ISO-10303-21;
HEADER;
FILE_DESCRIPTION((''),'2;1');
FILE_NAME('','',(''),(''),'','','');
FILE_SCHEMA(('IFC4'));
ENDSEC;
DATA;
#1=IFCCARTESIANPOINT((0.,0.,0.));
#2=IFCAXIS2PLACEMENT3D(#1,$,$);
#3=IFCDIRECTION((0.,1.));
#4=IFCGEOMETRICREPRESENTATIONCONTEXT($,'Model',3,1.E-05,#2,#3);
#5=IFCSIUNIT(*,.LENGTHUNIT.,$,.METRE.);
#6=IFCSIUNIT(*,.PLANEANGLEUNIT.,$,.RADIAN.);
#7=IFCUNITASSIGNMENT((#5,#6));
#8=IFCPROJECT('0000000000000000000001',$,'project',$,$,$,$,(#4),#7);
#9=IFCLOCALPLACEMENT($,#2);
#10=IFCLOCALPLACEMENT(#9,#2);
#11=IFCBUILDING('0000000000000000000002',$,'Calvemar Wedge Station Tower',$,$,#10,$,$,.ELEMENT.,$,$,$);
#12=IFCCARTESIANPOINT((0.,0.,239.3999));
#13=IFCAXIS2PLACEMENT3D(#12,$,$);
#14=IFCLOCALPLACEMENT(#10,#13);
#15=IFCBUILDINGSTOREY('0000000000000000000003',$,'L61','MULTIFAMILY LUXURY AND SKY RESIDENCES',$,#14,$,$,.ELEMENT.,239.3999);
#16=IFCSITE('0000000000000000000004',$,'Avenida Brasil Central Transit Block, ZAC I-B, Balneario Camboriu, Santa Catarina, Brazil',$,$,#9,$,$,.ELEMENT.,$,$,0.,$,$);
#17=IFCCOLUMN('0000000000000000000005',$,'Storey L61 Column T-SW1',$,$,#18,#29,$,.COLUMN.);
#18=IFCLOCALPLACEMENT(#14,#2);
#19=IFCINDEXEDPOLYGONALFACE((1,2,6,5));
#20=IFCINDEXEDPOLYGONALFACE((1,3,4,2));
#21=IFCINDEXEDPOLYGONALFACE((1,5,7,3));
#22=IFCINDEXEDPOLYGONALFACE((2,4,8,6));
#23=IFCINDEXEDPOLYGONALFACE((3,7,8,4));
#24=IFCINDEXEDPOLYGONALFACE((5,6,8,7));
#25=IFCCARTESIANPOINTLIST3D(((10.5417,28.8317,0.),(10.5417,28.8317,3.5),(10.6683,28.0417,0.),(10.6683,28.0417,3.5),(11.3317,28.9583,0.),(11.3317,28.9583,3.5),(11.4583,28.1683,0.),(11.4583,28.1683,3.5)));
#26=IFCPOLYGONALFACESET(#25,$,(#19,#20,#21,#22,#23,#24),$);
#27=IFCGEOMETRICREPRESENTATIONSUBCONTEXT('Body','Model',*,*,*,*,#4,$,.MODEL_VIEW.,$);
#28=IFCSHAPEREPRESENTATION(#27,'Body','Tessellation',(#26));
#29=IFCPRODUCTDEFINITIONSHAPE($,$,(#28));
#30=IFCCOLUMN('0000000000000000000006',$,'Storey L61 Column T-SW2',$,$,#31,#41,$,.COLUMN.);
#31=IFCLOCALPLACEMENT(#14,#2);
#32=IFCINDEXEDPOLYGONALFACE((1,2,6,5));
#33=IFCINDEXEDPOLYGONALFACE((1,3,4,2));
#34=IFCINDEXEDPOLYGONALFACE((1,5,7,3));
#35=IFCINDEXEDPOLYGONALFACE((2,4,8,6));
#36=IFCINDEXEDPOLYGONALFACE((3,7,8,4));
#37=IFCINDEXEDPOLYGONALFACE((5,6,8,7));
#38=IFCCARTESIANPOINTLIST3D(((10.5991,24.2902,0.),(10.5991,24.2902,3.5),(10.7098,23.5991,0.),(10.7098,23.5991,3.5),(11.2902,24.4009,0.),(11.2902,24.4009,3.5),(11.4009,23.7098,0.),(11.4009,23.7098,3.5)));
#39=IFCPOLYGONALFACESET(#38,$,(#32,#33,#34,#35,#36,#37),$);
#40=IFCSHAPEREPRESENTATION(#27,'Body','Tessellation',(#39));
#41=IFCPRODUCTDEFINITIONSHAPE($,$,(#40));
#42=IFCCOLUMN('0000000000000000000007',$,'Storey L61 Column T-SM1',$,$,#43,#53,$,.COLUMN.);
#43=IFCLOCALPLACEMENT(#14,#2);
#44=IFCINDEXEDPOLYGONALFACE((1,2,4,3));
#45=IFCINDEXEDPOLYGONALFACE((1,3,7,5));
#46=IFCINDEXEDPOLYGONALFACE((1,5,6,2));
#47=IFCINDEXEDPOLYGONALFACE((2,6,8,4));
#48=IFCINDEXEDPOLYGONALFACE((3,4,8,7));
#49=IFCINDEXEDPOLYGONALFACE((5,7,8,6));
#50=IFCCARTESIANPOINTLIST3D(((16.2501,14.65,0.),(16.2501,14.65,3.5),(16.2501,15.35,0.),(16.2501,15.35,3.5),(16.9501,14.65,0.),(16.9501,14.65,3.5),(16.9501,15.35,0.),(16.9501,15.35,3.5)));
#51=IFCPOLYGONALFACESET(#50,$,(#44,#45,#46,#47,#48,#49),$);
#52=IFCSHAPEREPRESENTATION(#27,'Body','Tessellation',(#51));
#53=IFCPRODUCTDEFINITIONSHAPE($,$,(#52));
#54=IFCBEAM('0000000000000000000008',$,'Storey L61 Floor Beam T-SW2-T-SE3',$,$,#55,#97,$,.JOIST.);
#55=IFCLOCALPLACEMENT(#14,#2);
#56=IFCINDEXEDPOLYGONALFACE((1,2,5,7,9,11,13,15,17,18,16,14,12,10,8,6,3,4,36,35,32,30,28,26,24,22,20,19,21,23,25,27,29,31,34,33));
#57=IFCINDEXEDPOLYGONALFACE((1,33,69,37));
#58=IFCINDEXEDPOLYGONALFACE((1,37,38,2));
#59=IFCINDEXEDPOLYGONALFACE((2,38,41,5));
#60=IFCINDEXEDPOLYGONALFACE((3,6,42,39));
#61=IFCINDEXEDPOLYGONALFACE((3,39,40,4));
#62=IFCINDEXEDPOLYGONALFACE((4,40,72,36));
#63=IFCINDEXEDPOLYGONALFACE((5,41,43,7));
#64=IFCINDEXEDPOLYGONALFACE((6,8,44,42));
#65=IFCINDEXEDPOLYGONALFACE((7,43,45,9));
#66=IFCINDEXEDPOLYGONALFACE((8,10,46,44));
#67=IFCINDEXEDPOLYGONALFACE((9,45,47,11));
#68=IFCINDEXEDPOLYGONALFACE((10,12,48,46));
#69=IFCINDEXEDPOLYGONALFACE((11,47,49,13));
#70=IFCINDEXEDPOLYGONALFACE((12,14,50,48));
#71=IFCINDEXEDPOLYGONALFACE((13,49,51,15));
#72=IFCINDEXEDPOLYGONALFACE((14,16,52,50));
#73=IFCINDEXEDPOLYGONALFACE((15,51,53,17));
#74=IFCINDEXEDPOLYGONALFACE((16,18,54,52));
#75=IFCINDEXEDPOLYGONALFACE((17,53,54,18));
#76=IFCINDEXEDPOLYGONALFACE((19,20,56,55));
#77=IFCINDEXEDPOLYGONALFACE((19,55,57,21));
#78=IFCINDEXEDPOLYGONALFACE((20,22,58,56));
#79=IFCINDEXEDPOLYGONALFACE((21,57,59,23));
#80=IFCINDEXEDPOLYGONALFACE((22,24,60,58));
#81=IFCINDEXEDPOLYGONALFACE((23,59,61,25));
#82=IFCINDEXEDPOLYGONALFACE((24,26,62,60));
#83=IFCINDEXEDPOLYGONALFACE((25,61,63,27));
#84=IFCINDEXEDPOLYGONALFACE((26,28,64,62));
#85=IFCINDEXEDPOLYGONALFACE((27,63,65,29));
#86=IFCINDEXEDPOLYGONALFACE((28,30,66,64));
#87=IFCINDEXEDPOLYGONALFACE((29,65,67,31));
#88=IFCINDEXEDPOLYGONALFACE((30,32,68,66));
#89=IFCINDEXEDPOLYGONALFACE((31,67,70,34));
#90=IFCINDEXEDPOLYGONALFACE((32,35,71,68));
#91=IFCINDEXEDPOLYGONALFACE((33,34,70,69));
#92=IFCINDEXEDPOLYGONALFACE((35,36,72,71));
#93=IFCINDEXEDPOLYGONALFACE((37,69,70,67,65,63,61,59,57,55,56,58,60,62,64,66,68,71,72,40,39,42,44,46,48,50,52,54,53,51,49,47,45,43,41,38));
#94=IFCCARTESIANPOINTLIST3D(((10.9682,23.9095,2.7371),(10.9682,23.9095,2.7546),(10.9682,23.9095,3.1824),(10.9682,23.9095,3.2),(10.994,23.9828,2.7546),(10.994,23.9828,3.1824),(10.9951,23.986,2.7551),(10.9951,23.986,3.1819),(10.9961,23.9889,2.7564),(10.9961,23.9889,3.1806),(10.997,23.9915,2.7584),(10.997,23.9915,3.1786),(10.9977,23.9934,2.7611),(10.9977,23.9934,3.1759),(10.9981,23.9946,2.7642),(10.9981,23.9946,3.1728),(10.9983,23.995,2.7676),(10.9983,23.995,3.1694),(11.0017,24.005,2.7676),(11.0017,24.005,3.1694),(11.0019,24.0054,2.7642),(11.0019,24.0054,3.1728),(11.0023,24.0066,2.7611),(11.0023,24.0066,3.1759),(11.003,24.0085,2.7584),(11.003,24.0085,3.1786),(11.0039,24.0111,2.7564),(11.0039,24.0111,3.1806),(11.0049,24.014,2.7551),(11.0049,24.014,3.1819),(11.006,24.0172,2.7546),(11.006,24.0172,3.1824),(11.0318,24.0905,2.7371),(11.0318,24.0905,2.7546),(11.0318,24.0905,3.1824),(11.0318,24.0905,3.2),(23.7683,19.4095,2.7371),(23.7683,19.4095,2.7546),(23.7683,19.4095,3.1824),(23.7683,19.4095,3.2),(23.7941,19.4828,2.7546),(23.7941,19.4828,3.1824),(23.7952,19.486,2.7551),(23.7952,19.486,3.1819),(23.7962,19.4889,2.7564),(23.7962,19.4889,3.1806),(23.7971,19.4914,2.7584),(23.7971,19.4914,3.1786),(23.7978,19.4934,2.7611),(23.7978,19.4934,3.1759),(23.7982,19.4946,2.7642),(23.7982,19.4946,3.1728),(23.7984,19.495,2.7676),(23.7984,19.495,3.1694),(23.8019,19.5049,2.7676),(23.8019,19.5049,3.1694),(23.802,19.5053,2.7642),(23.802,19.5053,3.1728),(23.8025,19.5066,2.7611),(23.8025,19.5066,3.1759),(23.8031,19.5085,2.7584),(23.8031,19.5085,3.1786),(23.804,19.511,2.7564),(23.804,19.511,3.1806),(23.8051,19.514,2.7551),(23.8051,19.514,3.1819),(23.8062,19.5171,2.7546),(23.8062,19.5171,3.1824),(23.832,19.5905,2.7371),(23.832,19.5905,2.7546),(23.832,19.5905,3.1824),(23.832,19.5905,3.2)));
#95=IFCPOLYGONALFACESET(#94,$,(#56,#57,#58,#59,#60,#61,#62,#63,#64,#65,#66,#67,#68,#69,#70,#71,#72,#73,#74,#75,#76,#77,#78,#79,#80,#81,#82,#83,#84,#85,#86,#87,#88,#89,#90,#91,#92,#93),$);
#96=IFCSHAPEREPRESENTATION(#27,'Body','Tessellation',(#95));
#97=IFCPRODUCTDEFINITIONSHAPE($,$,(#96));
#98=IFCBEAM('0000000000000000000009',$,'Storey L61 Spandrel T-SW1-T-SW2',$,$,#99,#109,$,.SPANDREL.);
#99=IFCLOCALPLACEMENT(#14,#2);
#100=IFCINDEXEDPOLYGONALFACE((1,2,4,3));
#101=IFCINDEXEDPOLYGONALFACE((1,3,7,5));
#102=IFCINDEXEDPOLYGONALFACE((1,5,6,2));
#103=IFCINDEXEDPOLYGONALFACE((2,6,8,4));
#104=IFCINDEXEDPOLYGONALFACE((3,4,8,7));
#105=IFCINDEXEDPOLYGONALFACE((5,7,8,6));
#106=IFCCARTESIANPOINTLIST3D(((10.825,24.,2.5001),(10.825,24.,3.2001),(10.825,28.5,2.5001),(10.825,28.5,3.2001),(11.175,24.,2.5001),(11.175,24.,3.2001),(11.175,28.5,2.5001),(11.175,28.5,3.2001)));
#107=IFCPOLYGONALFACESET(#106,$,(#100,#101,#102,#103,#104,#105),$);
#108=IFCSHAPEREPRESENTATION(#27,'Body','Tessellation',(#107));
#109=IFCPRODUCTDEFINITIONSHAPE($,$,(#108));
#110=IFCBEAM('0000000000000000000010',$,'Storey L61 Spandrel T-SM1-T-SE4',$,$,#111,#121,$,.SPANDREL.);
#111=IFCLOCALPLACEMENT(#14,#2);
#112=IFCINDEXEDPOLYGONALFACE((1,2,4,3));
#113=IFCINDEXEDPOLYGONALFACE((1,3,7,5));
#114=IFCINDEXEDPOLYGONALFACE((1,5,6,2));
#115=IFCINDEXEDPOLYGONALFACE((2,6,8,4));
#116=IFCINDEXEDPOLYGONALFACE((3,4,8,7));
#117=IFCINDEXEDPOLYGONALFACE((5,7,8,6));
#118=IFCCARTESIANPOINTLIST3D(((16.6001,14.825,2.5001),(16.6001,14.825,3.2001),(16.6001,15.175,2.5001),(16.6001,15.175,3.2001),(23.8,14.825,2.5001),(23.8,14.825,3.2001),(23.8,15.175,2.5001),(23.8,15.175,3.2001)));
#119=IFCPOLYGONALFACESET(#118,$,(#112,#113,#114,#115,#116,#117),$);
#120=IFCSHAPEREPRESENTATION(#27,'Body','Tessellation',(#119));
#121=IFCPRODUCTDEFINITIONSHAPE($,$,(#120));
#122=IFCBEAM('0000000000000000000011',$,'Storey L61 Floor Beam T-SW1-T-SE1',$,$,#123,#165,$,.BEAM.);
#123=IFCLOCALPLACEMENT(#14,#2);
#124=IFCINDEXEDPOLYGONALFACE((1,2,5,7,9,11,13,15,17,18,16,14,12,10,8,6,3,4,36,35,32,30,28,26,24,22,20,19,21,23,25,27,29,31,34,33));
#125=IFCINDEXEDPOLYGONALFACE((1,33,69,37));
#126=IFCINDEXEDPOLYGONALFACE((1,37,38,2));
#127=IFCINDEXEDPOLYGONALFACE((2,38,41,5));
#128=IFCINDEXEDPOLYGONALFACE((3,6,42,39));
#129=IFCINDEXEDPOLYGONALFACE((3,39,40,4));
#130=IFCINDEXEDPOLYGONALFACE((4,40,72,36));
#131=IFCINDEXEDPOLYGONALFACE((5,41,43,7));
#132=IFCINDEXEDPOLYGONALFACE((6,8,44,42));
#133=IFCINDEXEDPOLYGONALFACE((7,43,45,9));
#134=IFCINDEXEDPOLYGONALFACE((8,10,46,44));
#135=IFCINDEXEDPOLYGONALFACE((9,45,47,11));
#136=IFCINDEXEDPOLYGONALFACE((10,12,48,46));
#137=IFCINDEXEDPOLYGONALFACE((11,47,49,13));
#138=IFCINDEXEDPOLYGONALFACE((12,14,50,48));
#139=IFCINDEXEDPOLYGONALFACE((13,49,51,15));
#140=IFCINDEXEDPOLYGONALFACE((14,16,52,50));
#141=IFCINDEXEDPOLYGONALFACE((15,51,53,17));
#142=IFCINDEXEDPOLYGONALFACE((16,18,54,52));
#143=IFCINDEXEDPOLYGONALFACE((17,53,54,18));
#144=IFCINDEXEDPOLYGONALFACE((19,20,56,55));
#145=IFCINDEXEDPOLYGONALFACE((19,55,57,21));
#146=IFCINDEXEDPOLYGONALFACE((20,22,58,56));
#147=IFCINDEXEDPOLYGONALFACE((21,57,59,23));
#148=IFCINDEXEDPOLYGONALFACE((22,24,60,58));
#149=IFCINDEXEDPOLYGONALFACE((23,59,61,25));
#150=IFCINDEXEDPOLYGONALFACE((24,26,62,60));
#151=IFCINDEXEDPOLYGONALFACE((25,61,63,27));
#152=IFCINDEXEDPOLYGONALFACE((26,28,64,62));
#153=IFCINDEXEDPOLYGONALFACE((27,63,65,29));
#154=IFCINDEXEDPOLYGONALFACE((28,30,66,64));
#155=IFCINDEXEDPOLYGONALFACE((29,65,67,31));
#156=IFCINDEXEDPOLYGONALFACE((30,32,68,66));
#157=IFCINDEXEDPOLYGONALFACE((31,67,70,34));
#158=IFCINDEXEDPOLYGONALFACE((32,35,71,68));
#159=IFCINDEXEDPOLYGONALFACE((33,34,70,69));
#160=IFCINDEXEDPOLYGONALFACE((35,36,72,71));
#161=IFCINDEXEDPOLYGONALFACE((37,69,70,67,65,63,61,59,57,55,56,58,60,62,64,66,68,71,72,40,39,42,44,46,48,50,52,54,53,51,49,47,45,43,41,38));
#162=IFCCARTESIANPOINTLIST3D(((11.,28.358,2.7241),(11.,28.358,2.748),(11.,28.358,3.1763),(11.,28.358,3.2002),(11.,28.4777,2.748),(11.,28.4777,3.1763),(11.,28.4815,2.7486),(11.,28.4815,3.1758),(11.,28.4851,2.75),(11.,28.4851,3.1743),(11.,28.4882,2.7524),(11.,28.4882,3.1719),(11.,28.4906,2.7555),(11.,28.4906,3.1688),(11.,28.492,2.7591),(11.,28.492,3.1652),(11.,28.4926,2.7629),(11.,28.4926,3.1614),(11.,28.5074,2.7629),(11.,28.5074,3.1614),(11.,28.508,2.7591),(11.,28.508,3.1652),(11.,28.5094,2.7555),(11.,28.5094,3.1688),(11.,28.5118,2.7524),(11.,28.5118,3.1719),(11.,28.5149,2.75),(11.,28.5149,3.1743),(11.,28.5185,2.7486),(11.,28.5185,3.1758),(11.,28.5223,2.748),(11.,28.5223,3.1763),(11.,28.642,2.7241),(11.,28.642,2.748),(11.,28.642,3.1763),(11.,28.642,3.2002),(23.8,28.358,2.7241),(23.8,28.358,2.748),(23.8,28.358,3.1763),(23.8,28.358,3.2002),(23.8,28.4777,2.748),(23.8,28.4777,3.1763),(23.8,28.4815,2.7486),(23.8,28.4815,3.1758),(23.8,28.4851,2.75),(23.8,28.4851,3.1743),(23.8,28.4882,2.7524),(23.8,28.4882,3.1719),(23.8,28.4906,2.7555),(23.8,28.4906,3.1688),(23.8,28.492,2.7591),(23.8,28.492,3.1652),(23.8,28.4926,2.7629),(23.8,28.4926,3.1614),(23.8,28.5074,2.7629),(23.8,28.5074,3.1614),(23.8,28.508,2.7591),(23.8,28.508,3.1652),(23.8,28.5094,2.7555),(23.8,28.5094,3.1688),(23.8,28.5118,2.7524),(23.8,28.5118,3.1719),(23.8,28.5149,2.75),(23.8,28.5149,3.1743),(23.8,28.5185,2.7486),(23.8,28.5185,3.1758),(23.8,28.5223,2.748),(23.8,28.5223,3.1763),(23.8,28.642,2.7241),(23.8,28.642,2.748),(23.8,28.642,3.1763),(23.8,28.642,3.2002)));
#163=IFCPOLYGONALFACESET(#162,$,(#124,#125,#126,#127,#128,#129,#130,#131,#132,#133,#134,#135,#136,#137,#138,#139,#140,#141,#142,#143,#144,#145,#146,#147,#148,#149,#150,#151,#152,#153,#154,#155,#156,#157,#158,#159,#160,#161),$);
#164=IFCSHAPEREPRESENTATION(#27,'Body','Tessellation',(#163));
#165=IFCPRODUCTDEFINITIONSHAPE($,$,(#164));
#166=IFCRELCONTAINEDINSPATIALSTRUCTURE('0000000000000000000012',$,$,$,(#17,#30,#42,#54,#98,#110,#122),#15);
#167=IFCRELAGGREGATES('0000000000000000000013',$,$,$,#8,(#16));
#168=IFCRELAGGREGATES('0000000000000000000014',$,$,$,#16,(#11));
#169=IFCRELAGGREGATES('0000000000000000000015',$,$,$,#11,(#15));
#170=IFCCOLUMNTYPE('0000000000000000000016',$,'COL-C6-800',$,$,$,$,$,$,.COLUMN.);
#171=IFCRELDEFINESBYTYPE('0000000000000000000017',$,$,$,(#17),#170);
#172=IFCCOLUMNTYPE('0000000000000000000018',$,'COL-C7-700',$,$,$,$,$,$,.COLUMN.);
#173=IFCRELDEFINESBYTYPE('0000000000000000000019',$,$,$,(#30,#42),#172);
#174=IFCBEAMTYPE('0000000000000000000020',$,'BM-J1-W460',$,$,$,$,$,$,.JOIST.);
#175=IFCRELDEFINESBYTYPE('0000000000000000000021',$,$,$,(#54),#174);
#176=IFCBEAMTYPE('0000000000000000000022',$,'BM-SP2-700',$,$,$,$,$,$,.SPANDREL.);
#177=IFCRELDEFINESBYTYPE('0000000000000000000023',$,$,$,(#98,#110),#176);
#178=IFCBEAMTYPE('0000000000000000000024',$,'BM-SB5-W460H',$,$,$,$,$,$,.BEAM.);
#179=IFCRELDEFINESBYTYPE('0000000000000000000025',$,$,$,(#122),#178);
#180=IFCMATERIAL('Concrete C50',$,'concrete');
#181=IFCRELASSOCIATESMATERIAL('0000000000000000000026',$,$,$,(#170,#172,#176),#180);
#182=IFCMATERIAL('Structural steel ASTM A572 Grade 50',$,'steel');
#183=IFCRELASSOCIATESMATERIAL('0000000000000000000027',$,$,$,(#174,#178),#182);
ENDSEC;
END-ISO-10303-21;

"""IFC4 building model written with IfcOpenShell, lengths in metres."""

from ifc_helpers import new_model, si_unit, direction, frame, origin, origin_2d, place, context, subcontext, project, spatial, rectangle, i_section, extrude, source, transform, mapped, material, material_profile, profile_set, type_object, element, save


model = new_model("IFC4")

# Units and contexts
model_context = context("Model", 3, precision=1e-05, world=origin(), true_north=direction((0.0, 1.0)))
body_context = subcontext(model_context, "Body", "Model", "MODEL_VIEW")
ifc_project = project(units=[si_unit("LENGTHUNIT", "METRE"), si_unit("PLANEANGLEUNIT", "RADIAN")], contexts=[model_context])

# Site, building, storey
site_placement = place(None, origin())
site = spatial("IfcSite", under=ifc_project, at=site_placement, Name="Avenida Brasil Central Transit Block, ZAC I-B, Balneario Camboriu, Santa Catarina, Brazil", CompositionType="ELEMENT", RefElevation=0.0)
building_placement = place(site_placement, origin())
building = spatial("IfcBuilding", under=site, at=building_placement, Name="Calvemar Wedge Station Tower", CompositionType="ELEMENT")
storey_placement = place(building_placement, frame((0.0, 0.0, 239.3999)))
storey = spatial("IfcBuildingStorey", under=building, at=storey_placement, Name="L61", Description="MULTIFAMILY LUXURY AND SKY RESIDENCES", CompositionType="ELEMENT", Elevation=239.3999)

# Columns
ifc_material_1 = material(Name="Concrete C50", Category="concrete")
ifc_material_profile_1 = material_profile(ifc_material_1, rectangle(XDim=0.8, YDim=0.8, at=origin_2d()), Name="RC800x800")
ifc_profile_set_1 = profile_set([ifc_material_profile_1], Name="Concrete C50")
column_type_1 = type_object("IfcColumnType", Name="COL-C6-800", PredefinedType="COLUMN", material=ifc_profile_set_1)
shared_shape_1 = source(origin(), body_context, "Body", "SweptSolid", [
    extrude(rectangle(XDim=0.8, YDim=0.8, at=origin_2d()), origin(), (0.0, 0.0, 1.0), 3.5),
])
column_placement = place(storey_placement, frame((11.0, 28.5, 0.0), z_axis=(0.0, 0.0, 1.0), x_axis=(0.158158, -0.987414, 0.0)))
element("IfcColumn", 1, at=column_placement, inside=storey, type_object=column_type_1, Name="Storey L61 Column T-SW1", PredefinedType="COLUMN", context=body_context, shape_type="MappedRepresentation", body=[
    mapped(shared_shape_1, transform((0.0, 0.0, 0.0), scale=1.0)),
])
ifc_material_profile_2 = material_profile(ifc_material_1, rectangle(XDim=0.7, YDim=0.7, at=origin_2d()), Name="RC700x700")
ifc_profile_set_2 = profile_set([ifc_material_profile_2], Name="Concrete C50")
column_type_2 = type_object("IfcColumnType", Name="COL-C7-700", PredefinedType="COLUMN", material=ifc_profile_set_2)
shared_shape_2 = source(origin(), body_context, "Body", "SweptSolid", [
    extrude(rectangle(XDim=0.7, YDim=0.7, at=origin_2d()), origin(), (0.0, 0.0, 1.0), 3.5),
])
for number, where, z_axis, x_axis, name in (
    (2, (11.0, 24.0, 0.0), (0.0, 0.0, 1.0), (0.158158, -0.987414, 0.0), "Storey L61 Column T-SW2"),
    (3, (16.6001, 15.0, 0.0), (0.0, 0.0, 1.0), (1.0, 0.0, 0.0), "Storey L61 Column T-SM1"),
):
    element("IfcColumn", number, at=place(storey_placement, frame(where, z_axis=z_axis, x_axis=x_axis)), inside=storey, type_object=column_type_2, Name=name, PredefinedType="COLUMN", context=body_context, shape_type="MappedRepresentation", body=[
        mapped(shared_shape_2, transform((0.0, 0.0, 0.0), scale=1.0)),
    ])

# Beams
ifc_material_2 = material(Name="Structural steel ASTM A572 Grade 50", Category="steel")
ifc_material_profile_3 = material_profile(ifc_material_2, i_section(OverallWidth=0.1919, OverallDepth=0.4629, WebThickness=0.0105, FlangeThickness=0.0176, FilletRadius=0.0129, at=origin_2d()), Name="W460x89")
ifc_profile_set_3 = profile_set([ifc_material_profile_3], Name="Structural steel ASTM A572 Grade 50")
beam_type_1 = type_object("IfcBeamType", Name="BM-J1-W460", PredefinedType="JOIST", material=ifc_profile_set_3)
shared_shape_3 = source(origin(), body_context, "Body", "SweptSolid", [
    extrude(i_section(OverallWidth=0.1919, OverallDepth=0.4629, WebThickness=0.0105, FlangeThickness=0.0176, FilletRadius=0.0129, at=origin_2d()), origin(), (0.0, 0.0, 1.0), 13.5681),
])
beam_1_placement = place(storey_placement, frame((11.0, 24.0, 2.9685), z_axis=(0.943398, -0.331662, 0.0), x_axis=(0.331662, 0.943398, 0.0)))
element("IfcBeam", 4, at=beam_1_placement, inside=storey, type_object=beam_type_1, Name="Storey L61 Floor Beam T-SW2-T-SE3", PredefinedType="JOIST", context=body_context, shape_type="MappedRepresentation", body=[
    mapped(shared_shape_3, transform((0.0, 0.0, 0.0), scale=1.0)),
])
ifc_material_profile_4 = material_profile(ifc_material_1, rectangle(XDim=0.3501, YDim=0.7, at=origin_2d()), Name="RC350x700")
ifc_profile_set_4 = profile_set([ifc_material_profile_4], Name="Concrete C50")
beam_type_2 = type_object("IfcBeamType", Name="BM-SP2-700", PredefinedType="SPANDREL", material=ifc_profile_set_4)
shared_shape_4 = source(origin(), body_context, "Body", "SweptSolid", [
    extrude(rectangle(XDim=0.3501, YDim=0.7, at=origin_2d()), origin(), (0.0, 0.0, 1.0), 4.5),
])
beam_2_placement = place(storey_placement, frame((11.0, 28.5, 2.8501), z_axis=(0.0, -1.0, 0.0), x_axis=(1.0, 0.0, 0.0)))
element("IfcBeam", 5, at=beam_2_placement, inside=storey, type_object=beam_type_2, Name="Storey L61 Spandrel T-SW1-T-SW2", PredefinedType="SPANDREL", context=body_context, shape_type="MappedRepresentation", body=[
    mapped(shared_shape_4, transform((0.0, 0.0, 0.0), scale=1.0)),
])
shared_shape_5 = source(origin(), body_context, "Body", "SweptSolid", [
    extrude(rectangle(XDim=0.3501, YDim=0.7, at=origin_2d()), origin(), (0.0, 0.0, 1.0), 7.2),
])
beam_3_placement = place(storey_placement, frame((16.6001, 15.0, 2.8501), z_axis=(1.0, 0.0, 0.0), x_axis=(0.0, 1.0, 0.0)))
element("IfcBeam", 6, at=beam_3_placement, inside=storey, type_object=beam_type_2, Name="Storey L61 Spandrel T-SM1-T-SE4", PredefinedType="SPANDREL", context=body_context, shape_type="MappedRepresentation", body=[
    mapped(shared_shape_5, transform((0.0, 0.0, 0.0), scale=1.0)),
])
ifc_material_profile_5 = material_profile(ifc_material_2, i_section(OverallWidth=0.2839, OverallDepth=0.4761, WebThickness=0.0149, FlangeThickness=0.0239, FilletRadius=0.0149, at=origin_2d()), Name="W460x158")
ifc_profile_set_5 = profile_set([ifc_material_profile_5], Name="Structural steel ASTM A572 Grade 50")
beam_type_3 = type_object("IfcBeamType", Name="BM-SB5-W460H", PredefinedType="BEAM", material=ifc_profile_set_5)
shared_shape_6 = source(origin(), body_context, "Body", "SweptSolid", [
    extrude(i_section(OverallWidth=0.2839, OverallDepth=0.4761, WebThickness=0.0149, FlangeThickness=0.0239, FilletRadius=0.0149, at=origin_2d()), origin(), (0.0, 0.0, 1.0), 12.8),
])
for number, where, z_axis, x_axis, name in (
    (7, (11.0, 28.5, 2.9622), (1.0, 0.0, 0.0), (0.0, 1.0, 0.0), "Storey L61 Floor Beam T-SW1-T-SE1"),
):
    element("IfcBeam", number, at=place(storey_placement, frame(where, z_axis=z_axis, x_axis=x_axis)), inside=storey, type_object=beam_type_3, Name=name, PredefinedType="BEAM", context=body_context, shape_type="MappedRepresentation", body=[
        mapped(shared_shape_6, transform((0.0, 0.0, 0.0), scale=1.0)),
    ])

save(model, "model.ifc")
